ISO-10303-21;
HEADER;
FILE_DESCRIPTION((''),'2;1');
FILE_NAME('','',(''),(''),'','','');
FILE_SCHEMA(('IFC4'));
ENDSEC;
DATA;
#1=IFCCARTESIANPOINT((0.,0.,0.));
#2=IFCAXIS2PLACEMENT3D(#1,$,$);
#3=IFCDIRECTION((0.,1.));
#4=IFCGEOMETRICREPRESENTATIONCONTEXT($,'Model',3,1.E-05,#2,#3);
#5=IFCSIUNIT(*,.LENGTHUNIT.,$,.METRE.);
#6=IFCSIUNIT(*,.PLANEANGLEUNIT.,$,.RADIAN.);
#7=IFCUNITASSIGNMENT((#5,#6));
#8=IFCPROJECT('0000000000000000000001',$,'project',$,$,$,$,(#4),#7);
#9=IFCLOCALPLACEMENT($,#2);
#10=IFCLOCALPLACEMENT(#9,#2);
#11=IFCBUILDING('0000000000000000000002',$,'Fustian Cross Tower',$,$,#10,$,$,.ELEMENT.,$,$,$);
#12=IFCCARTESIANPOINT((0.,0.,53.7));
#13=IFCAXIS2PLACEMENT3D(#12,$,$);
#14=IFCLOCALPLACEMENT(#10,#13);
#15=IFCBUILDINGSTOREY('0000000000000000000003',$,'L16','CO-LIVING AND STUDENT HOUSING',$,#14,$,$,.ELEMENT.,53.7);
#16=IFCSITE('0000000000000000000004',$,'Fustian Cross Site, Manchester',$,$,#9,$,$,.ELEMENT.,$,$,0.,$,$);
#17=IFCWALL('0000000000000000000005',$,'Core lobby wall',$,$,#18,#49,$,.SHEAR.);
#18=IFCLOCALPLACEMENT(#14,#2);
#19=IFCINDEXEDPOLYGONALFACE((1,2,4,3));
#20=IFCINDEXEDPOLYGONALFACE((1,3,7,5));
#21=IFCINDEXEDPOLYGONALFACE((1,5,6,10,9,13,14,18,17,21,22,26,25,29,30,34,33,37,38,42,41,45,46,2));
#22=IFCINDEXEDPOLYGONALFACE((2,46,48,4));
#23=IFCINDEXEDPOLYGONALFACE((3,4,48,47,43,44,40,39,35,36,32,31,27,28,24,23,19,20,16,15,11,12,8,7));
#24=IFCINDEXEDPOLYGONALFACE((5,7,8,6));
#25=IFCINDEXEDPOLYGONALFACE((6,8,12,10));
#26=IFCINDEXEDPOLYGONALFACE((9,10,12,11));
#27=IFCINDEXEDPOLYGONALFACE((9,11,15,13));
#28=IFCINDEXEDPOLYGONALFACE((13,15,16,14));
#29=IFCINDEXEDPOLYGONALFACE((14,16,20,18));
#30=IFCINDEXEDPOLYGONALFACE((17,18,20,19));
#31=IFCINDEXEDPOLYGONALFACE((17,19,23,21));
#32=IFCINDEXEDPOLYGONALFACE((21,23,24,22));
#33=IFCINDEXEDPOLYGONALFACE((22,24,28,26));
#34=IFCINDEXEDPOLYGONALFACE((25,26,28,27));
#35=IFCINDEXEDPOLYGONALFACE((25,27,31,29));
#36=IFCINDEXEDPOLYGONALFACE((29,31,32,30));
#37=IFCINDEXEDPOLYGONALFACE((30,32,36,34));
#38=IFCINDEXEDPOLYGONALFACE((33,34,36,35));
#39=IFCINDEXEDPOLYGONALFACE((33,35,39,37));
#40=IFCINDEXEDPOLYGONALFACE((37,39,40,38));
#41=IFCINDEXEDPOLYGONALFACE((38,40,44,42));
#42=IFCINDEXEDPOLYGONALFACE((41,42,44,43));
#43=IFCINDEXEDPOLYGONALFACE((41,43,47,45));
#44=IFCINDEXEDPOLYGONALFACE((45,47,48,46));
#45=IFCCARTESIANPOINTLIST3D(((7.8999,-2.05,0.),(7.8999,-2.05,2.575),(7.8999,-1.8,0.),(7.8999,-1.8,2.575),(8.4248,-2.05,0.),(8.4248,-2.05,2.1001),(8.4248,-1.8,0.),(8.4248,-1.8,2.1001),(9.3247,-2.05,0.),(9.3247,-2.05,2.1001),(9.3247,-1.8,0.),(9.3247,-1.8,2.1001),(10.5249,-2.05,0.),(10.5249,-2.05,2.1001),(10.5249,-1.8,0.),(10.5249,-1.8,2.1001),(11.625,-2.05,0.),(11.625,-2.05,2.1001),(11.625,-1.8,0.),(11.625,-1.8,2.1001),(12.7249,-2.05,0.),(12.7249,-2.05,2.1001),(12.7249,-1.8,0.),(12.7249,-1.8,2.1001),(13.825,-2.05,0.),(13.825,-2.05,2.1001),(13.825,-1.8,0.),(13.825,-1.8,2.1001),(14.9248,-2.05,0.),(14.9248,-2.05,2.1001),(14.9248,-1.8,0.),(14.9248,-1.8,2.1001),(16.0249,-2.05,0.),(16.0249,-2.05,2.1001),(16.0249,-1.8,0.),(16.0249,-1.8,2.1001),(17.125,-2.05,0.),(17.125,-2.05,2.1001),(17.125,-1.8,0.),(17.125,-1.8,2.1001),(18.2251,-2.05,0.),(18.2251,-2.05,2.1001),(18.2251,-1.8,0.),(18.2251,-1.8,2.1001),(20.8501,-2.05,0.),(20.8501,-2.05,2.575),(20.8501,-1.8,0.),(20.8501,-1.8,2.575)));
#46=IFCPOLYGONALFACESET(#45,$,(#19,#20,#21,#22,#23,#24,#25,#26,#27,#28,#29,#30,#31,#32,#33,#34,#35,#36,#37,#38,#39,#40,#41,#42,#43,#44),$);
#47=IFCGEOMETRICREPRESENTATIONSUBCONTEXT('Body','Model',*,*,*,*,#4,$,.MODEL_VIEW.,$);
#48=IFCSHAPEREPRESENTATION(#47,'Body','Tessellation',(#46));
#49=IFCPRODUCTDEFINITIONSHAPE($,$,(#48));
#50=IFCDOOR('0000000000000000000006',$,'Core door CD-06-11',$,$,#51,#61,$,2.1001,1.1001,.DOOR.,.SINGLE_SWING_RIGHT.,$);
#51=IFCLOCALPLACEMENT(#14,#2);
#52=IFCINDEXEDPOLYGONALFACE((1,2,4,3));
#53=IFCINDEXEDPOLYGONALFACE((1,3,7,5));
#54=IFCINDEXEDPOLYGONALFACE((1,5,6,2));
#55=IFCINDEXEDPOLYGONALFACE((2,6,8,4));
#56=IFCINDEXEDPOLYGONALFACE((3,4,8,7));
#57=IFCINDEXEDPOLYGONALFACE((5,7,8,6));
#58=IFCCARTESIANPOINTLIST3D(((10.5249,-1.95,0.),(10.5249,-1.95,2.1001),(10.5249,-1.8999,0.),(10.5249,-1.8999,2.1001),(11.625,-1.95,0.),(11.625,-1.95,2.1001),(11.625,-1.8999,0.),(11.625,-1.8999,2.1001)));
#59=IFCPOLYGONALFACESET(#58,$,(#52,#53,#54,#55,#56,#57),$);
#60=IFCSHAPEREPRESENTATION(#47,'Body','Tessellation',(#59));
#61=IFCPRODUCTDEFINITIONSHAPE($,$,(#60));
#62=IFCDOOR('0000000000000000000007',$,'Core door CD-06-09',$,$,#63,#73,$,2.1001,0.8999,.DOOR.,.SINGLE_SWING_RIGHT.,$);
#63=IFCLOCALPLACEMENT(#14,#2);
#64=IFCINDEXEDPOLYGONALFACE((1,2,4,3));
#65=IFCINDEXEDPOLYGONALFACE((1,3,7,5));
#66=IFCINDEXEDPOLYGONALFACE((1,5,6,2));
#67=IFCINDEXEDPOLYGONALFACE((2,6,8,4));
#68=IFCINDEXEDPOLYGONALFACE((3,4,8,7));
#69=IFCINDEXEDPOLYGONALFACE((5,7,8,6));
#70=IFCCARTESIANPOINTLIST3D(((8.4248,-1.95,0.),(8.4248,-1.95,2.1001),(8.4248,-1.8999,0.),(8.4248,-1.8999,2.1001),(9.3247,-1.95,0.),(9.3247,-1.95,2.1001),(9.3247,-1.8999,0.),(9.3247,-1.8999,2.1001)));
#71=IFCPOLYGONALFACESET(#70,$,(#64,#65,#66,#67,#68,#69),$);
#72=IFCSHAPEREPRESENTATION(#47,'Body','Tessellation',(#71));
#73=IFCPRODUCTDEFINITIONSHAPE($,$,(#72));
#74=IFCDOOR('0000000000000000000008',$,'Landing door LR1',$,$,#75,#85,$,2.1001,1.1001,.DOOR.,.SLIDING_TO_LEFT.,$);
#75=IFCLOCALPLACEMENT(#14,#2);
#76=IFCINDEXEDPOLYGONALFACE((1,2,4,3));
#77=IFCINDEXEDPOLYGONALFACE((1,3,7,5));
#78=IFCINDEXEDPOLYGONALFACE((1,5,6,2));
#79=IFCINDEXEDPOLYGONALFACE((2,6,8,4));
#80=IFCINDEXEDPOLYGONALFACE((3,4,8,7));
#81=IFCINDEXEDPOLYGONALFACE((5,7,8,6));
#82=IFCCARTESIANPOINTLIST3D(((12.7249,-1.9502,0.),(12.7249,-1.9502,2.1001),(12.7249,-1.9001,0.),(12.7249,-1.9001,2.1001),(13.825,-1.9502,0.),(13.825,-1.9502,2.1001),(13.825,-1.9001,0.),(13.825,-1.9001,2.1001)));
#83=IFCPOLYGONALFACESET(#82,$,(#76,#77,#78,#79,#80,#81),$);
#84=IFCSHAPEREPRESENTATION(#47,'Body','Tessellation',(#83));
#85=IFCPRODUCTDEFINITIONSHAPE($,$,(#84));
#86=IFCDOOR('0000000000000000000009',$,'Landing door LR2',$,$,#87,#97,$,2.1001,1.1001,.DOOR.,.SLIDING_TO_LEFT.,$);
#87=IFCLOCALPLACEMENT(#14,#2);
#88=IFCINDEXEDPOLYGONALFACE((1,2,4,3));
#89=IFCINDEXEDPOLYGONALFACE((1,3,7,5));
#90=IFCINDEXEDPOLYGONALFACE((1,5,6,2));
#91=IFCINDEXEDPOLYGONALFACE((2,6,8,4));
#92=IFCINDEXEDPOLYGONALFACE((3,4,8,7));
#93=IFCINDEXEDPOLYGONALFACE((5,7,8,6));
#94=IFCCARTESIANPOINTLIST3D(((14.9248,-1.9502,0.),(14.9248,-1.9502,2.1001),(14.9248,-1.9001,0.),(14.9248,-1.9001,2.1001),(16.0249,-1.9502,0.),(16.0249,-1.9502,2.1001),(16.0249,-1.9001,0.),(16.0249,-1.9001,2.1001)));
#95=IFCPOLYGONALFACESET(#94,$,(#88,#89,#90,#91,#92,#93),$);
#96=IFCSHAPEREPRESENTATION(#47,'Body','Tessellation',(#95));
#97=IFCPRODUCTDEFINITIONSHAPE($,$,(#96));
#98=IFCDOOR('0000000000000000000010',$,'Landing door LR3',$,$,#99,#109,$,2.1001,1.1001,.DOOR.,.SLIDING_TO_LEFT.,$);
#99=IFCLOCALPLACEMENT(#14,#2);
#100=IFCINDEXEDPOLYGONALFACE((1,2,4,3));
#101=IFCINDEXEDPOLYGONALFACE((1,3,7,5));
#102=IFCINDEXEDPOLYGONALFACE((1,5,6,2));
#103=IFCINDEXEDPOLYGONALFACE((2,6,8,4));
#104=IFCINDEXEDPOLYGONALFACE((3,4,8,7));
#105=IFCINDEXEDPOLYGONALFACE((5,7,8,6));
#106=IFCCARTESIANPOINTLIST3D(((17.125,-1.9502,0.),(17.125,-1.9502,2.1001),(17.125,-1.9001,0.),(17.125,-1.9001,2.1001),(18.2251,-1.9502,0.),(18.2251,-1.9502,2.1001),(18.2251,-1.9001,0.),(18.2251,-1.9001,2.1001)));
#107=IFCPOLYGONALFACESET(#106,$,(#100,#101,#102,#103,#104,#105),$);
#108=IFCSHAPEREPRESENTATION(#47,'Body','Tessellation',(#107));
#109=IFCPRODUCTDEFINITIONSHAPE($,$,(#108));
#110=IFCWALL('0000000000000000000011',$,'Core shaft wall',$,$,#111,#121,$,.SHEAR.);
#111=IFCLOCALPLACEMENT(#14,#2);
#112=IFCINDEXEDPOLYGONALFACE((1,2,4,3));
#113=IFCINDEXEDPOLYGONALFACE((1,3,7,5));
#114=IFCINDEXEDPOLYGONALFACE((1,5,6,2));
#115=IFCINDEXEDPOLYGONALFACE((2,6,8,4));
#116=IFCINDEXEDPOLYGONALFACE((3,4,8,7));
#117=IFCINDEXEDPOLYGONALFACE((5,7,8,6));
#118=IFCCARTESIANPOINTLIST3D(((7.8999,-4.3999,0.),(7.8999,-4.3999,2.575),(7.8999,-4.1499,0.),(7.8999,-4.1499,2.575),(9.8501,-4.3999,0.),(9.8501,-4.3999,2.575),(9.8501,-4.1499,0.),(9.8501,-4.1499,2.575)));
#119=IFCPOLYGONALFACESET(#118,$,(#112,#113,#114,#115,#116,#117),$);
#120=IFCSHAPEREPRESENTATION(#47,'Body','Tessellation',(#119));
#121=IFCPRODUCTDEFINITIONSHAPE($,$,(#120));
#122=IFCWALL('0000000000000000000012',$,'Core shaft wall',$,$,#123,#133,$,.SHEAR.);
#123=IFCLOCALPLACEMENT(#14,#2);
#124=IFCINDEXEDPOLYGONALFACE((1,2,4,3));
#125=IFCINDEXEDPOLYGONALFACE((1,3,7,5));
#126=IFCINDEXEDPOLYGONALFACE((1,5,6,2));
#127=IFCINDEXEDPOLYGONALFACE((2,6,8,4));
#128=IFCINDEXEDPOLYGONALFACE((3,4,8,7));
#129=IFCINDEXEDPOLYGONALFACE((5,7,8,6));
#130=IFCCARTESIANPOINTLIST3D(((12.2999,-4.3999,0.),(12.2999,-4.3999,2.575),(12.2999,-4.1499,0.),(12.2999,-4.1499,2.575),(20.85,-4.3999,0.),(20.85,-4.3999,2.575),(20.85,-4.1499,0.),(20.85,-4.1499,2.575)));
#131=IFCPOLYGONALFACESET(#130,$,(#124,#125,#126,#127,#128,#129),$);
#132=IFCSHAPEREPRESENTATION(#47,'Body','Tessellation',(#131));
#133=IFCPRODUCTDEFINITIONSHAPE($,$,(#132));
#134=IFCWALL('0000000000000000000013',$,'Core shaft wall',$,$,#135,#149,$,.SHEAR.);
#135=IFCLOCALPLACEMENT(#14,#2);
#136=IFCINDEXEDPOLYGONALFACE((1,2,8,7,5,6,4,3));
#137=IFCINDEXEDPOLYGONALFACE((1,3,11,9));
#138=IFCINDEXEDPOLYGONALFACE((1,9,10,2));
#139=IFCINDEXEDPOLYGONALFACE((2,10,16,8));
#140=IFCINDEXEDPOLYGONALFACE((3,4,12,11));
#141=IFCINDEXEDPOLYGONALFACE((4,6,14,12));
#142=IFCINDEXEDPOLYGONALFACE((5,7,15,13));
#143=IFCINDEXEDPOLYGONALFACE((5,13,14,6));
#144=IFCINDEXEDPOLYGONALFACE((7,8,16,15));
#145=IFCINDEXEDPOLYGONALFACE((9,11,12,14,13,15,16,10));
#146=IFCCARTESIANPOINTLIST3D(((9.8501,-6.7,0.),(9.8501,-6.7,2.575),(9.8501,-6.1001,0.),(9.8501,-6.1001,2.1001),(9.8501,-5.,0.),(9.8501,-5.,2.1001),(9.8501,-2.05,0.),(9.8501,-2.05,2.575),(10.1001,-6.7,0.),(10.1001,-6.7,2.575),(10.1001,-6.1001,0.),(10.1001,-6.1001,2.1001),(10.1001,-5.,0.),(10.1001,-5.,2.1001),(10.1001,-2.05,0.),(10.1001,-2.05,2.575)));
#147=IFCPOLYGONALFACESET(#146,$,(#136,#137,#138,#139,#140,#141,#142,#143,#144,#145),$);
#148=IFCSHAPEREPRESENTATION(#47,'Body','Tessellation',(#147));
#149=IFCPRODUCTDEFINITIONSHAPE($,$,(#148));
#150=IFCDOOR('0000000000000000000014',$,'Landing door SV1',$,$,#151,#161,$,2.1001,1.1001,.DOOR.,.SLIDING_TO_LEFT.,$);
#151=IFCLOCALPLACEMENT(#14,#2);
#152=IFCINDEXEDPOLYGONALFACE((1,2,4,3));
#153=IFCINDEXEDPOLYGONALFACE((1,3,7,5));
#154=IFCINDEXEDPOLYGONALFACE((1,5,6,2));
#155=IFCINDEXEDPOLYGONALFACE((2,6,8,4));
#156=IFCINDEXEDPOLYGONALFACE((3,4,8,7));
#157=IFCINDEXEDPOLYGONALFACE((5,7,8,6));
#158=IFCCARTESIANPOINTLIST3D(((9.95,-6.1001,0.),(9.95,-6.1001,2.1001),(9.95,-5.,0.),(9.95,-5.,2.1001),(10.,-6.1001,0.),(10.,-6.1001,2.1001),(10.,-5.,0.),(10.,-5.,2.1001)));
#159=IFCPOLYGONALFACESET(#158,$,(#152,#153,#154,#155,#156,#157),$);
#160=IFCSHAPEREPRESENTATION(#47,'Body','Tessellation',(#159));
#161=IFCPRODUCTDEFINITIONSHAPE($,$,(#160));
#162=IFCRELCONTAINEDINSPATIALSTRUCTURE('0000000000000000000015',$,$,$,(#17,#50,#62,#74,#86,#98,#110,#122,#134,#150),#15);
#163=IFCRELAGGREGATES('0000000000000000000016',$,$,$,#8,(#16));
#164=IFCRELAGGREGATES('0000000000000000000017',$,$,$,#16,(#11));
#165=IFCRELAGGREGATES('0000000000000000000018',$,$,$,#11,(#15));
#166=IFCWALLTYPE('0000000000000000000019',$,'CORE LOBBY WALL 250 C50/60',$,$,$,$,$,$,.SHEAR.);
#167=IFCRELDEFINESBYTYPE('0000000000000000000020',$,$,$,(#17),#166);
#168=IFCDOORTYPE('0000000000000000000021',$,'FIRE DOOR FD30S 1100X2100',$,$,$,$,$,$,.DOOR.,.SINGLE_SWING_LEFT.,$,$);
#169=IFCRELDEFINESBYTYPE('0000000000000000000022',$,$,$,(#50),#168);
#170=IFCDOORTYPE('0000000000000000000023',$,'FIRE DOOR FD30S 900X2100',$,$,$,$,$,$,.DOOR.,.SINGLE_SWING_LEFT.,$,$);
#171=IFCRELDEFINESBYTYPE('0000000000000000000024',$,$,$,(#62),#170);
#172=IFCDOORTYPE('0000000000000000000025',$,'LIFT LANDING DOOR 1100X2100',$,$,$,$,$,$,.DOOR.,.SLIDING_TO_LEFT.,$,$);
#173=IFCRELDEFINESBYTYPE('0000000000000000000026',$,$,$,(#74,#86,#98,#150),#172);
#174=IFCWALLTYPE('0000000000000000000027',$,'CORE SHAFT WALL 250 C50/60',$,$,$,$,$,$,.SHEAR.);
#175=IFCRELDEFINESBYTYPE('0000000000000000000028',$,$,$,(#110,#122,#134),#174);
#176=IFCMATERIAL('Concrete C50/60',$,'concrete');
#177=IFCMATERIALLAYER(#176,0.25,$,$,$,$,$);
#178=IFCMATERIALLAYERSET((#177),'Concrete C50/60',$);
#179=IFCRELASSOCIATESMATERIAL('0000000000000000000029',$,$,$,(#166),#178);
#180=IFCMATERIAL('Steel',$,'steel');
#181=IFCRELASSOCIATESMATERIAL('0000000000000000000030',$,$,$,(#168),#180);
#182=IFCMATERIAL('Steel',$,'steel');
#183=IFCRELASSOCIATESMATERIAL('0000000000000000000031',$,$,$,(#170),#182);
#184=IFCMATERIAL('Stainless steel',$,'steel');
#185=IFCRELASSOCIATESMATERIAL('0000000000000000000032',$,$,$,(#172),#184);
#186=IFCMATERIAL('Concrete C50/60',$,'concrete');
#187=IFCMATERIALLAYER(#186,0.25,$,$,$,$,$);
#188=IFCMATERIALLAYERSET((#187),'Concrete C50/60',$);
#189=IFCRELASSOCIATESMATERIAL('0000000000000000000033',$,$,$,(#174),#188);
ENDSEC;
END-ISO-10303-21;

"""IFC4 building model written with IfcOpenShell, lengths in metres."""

from ifc_helpers import new_model, si_unit, direction, frame, frame_2d, origin, place, context, subcontext, project, spatial, rectangle, extrude, material, layer, layer_set, type_object, element, fill, save


model = new_model("IFC4")

# Units and contexts
model_context = context("Model", 3, precision=1e-05, world=origin(), true_north=direction((0.0, 1.0)))
body_context = subcontext(model_context, "Body", "Model", "MODEL_VIEW")
ifc_project = project(units=[si_unit("LENGTHUNIT", "METRE"), si_unit("PLANEANGLEUNIT", "RADIAN")], contexts=[model_context])

# Site, building, storey
site_placement = place(None, origin())
site = spatial("IfcSite", under=ifc_project, at=site_placement, Name="Fustian Cross Site, Manchester", CompositionType="ELEMENT", RefElevation=0.0)
building_placement = place(site_placement, origin())
building = spatial("IfcBuilding", under=site, at=building_placement, Name="Fustian Cross Tower", CompositionType="ELEMENT")
storey_placement = place(building_placement, frame((0.0, 0.0, 53.7)))
storey = spatial("IfcBuildingStorey", under=building, at=storey_placement, Name="L16", Description="CO-LIVING AND STUDENT HOUSING", CompositionType="ELEMENT", Elevation=53.7)

# Wall, openings, doors
ifc_material_1 = material(Name="Concrete C50/60", Category="concrete")
ifc_layer_1 = layer(ifc_material_1, 0.25)
ifc_layer_set_1 = layer_set([ifc_layer_1], Name="Concrete C50/60")
wall_type_1 = type_object("IfcWallType", Name="CORE LOBBY WALL 250 C50/60", PredefinedType="SHEAR", material=ifc_layer_set_1)
wall_1_placement = place(storey_placement, frame((7.8999, -1.925, 0.0), z_axis=(0.0, 0.0, 1.0), x_axis=(1.0, 0.0, 0.0)))
wall_1 = element("IfcWall", 1, at=wall_1_placement, inside=storey, type_object=wall_type_1, Name="Core lobby wall", PredefinedType="SHEAR", context=body_context, shape_type="SweptSolid", body=[
    extrude(rectangle(XDim=12.9502, YDim=0.25, at=frame_2d((6.4751, 0.0))), origin(), (0.0, 0.0, 1.0), 2.575),
])
opening_1_placement = place(wall_1_placement, frame((4.825, 0.0, 0.0)))
opening_1 = element("IfcOpeningElement", 2, at=opening_1_placement, cuts=wall_1, PredefinedType="OPENING", context=body_context, shape_type="SweptSolid", body=[
    extrude(rectangle(XDim=1.1001, YDim=2.1001, at=frame_2d((0.55, 1.05))), frame((0.0, 0.135, 0.0), z_axis=(0.0, -1.0, 0.0), x_axis=(1.0, 0.0, 0.0)), (0.0, 0.0, 1.0), 0.27),
])
opening_2_placement = place(wall_1_placement, frame((7.0249, 0.0, 0.0)))
opening_2 = element("IfcOpeningElement", 3, at=opening_2_placement, cuts=wall_1, PredefinedType="OPENING", context=body_context, shape_type="SweptSolid", body=[
    extrude(rectangle(XDim=1.1001, YDim=2.1001, at=frame_2d((0.55, 1.05))), frame((0.0, 0.135, 0.0), z_axis=(0.0, -1.0, 0.0), x_axis=(1.0, 0.0, 0.0)), (0.0, 0.0, 1.0), 0.27),
])
opening_3_placement = place(wall_1_placement, frame((9.2251, 0.0, 0.0)))
opening_3 = element("IfcOpeningElement", 4, at=opening_3_placement, cuts=wall_1, PredefinedType="OPENING", context=body_context, shape_type="SweptSolid", body=[
    extrude(rectangle(XDim=1.1001, YDim=2.1001, at=frame_2d((0.55, 1.05))), frame((0.0, 0.135, 0.0), z_axis=(0.0, -1.0, 0.0), x_axis=(1.0, 0.0, 0.0)), (0.0, 0.0, 1.0), 0.27),
])
opening_4_placement = place(wall_1_placement, frame((0.5249, 0.0, 0.0)))
opening_4 = element("IfcOpeningElement", 5, at=opening_4_placement, cuts=wall_1, PredefinedType="OPENING", context=body_context, shape_type="SweptSolid", body=[
    extrude(rectangle(XDim=0.8999, YDim=2.1001, at=frame_2d((0.45, 1.05))), frame((0.0, 0.135, 0.0), z_axis=(0.0, -1.0, 0.0), x_axis=(1.0, 0.0, 0.0)), (0.0, 0.0, 1.0), 0.27),
])
opening_5_placement = place(wall_1_placement, frame((2.625, 0.0, 0.0)))
opening_5 = element("IfcOpeningElement", 6, at=opening_5_placement, cuts=wall_1, PredefinedType="OPENING", context=body_context, shape_type="SweptSolid", body=[
    extrude(rectangle(XDim=1.1001, YDim=2.1001, at=frame_2d((0.55, 1.05))), frame((0.0, 0.135, 0.0), z_axis=(0.0, -1.0, 0.0), x_axis=(1.0, 0.0, 0.0)), (0.0, 0.0, 1.0), 0.27),
])
ifc_material_2 = material(Name="Steel", Category="steel")
door_type_1 = type_object("IfcDoorType", Name="FIRE DOOR FD30S 1100X2100", OperationType="SINGLE_SWING_LEFT", PredefinedType="DOOR", material=ifc_material_2)
door_1_placement = place(opening_5_placement, frame((1.1001, 0.0, 0.0), z_axis=(0.0, 0.0, 1.0), x_axis=(-1.0, 0.0, 0.0)))
door_1 = element("IfcDoor", 7, at=door_1_placement, inside=storey, type_object=door_type_1, Name="Core door CD-06-11", OperationType="SINGLE_SWING_RIGHT", OverallHeight=2.1001, OverallWidth=1.1001, PredefinedType="DOOR", context=body_context, shape_type="SweptSolid", body=[
    extrude(rectangle(XDim=1.1001, YDim=2.1001, at=frame_2d((0.55, 1.05))), frame((0.0, 0.0249, 0.0), z_axis=(0.0, -1.0, 0.0), x_axis=(1.0, 0.0, 0.0)), (0.0, 0.0, 1.0), 0.05),
])
fill(opening_5, door_1)
ifc_material_3 = material(Name="Steel", Category="steel")
door_type_2 = type_object("IfcDoorType", Name="FIRE DOOR FD30S 900X2100", OperationType="SINGLE_SWING_LEFT", PredefinedType="DOOR", material=ifc_material_3)
door_2_placement = place(opening_4_placement, frame((0.8999, 0.0, 0.0), z_axis=(0.0, 0.0, 1.0), x_axis=(-1.0, 0.0, 0.0)))
door_2 = element("IfcDoor", 8, at=door_2_placement, inside=storey, type_object=door_type_2, Name="Core door CD-06-09", OperationType="SINGLE_SWING_RIGHT", OverallHeight=2.1001, OverallWidth=0.8999, PredefinedType="DOOR", context=body_context, shape_type="SweptSolid", body=[
    extrude(rectangle(XDim=0.8999, YDim=2.1001, at=frame_2d((0.45, 1.05))), frame((0.0, 0.0249, 0.0), z_axis=(0.0, -1.0, 0.0), x_axis=(1.0, 0.0, 0.0)), (0.0, 0.0, 1.0), 0.05),
])
fill(opening_4, door_2)
ifc_material_4 = material(Name="Stainless steel", Category="steel")
door_type_3 = type_object("IfcDoorType", Name="LIFT LANDING DOOR 1100X2100", OperationType="SLIDING_TO_LEFT", PredefinedType="DOOR", material=ifc_material_4)
door_3_placement = place(opening_1_placement, origin())
door_3 = element("IfcDoor", 9, at=door_3_placement, inside=storey, type_object=door_type_3, Name="Landing door LR1", OperationType="SLIDING_TO_LEFT", OverallHeight=2.1001, OverallWidth=1.1001, PredefinedType="DOOR", context=body_context, shape_type="SweptSolid", body=[
    extrude(rectangle(XDim=1.1001, YDim=2.1001, at=frame_2d((0.55, 1.05))), frame((0.0, 0.0249, 0.0), z_axis=(0.0, -1.0, 0.0), x_axis=(1.0, 0.0, 0.0)), (0.0, 0.0, 1.0), 0.05),
])
fill(opening_1, door_3)
door_4_placement = place(opening_2_placement, origin())
door_4 = element("IfcDoor", 10, at=door_4_placement, inside=storey, type_object=door_type_3, Name="Landing door LR2", OperationType="SLIDING_TO_LEFT", OverallHeight=2.1001, OverallWidth=1.1001, PredefinedType="DOOR", context=body_context, shape_type="SweptSolid", body=[
    extrude(rectangle(XDim=1.1001, YDim=2.1001, at=frame_2d((0.55, 1.05))), frame((0.0, 0.0249, 0.0), z_axis=(0.0, -1.0, 0.0), x_axis=(1.0, 0.0, 0.0)), (0.0, 0.0, 1.0), 0.05),
])
fill(opening_2, door_4)
door_5_placement = place(opening_3_placement, origin())
door_5 = element("IfcDoor", 11, at=door_5_placement, inside=storey, type_object=door_type_3, Name="Landing door LR3", OperationType="SLIDING_TO_LEFT", OverallHeight=2.1001, OverallWidth=1.1001, PredefinedType="DOOR", context=body_context, shape_type="SweptSolid", body=[
    extrude(rectangle(XDim=1.1001, YDim=2.1001, at=frame_2d((0.55, 1.05))), frame((0.0, 0.0249, 0.0), z_axis=(0.0, -1.0, 0.0), x_axis=(1.0, 0.0, 0.0)), (0.0, 0.0, 1.0), 0.05),
])
fill(opening_3, door_5)

# Walls
ifc_material_5 = material(Name="Concrete C50/60", Category="concrete")
ifc_layer_2 = layer(ifc_material_5, 0.25)
ifc_layer_set_2 = layer_set([ifc_layer_2], Name="Concrete C50/60")
wall_type_2 = type_object("IfcWallType", Name="CORE SHAFT WALL 250 C50/60", PredefinedType="SHEAR", material=ifc_layer_set_2)
wall_2_placement = place(storey_placement, frame((7.8999, -4.2749, 0.0), z_axis=(0.0, 0.0, 1.0), x_axis=(1.0, 0.0, 0.0)))
element("IfcWall", 12, at=wall_2_placement, inside=storey, type_object=wall_type_2, Name="Core shaft wall", PredefinedType="SHEAR", context=body_context, shape_type="SweptSolid", body=[
    extrude(rectangle(XDim=1.9502, YDim=0.25, at=frame_2d((0.9751, 0.0))), origin(), (0.0, 0.0, 1.0), 2.575),
])
wall_3_placement = place(storey_placement, frame((12.3, -4.2749, 0.0), z_axis=(0.0, 0.0, 1.0), x_axis=(1.0, 0.0, 0.0)))
element("IfcWall", 13, at=wall_3_placement, inside=storey, type_object=wall_type_2, Name="Core shaft wall", PredefinedType="SHEAR", context=body_context, shape_type="SweptSolid", body=[
    extrude(rectangle(XDim=8.55, YDim=0.25, at=frame_2d((4.2749, 0.0))), origin(), (0.0, 0.0, 1.0), 2.575),
])

# Wall, opening, door
wall_4_placement = place(storey_placement, frame((9.9751, -2.05, 0.0), z_axis=(0.0, 0.0, 1.0), x_axis=(0.0, -1.0, 0.0)))
wall_4 = element("IfcWall", 14, at=wall_4_placement, inside=storey, type_object=wall_type_2, Name="Core shaft wall", PredefinedType="SHEAR", context=body_context, shape_type="SweptSolid", body=[
    extrude(rectangle(XDim=4.6499, YDim=0.25, at=frame_2d((2.325, 0.0))), origin(), (0.0, 0.0, 1.0), 2.575),
])
opening_6_placement = place(wall_4_placement, frame((2.95, 0.0, 0.0)))
opening_6 = element("IfcOpeningElement", 15, at=opening_6_placement, cuts=wall_4, PredefinedType="OPENING", context=body_context, shape_type="SweptSolid", body=[
    extrude(rectangle(XDim=1.1001, YDim=2.1001, at=frame_2d((0.55, 1.05))), frame((0.0, 0.135, 0.0), z_axis=(0.0, -1.0, 0.0), x_axis=(1.0, 0.0, 0.0)), (0.0, 0.0, 1.0), 0.27),
])
door_6_placement = place(opening_6_placement, origin())
door_6 = element("IfcDoor", 16, at=door_6_placement, inside=storey, type_object=door_type_3, Name="Landing door SV1", OperationType="SLIDING_TO_LEFT", OverallHeight=2.1001, OverallWidth=1.1001, PredefinedType="DOOR", context=body_context, shape_type="SweptSolid", body=[
    extrude(rectangle(XDim=1.1001, YDim=2.1001, at=frame_2d((0.55, 1.05))), frame((0.0, 0.0249, 0.0), z_axis=(0.0, -1.0, 0.0), x_axis=(1.0, 0.0, 0.0)), (0.0, 0.0, 1.0), 0.05),
])
fill(opening_6, door_6)

save(model, "model.ifc")
